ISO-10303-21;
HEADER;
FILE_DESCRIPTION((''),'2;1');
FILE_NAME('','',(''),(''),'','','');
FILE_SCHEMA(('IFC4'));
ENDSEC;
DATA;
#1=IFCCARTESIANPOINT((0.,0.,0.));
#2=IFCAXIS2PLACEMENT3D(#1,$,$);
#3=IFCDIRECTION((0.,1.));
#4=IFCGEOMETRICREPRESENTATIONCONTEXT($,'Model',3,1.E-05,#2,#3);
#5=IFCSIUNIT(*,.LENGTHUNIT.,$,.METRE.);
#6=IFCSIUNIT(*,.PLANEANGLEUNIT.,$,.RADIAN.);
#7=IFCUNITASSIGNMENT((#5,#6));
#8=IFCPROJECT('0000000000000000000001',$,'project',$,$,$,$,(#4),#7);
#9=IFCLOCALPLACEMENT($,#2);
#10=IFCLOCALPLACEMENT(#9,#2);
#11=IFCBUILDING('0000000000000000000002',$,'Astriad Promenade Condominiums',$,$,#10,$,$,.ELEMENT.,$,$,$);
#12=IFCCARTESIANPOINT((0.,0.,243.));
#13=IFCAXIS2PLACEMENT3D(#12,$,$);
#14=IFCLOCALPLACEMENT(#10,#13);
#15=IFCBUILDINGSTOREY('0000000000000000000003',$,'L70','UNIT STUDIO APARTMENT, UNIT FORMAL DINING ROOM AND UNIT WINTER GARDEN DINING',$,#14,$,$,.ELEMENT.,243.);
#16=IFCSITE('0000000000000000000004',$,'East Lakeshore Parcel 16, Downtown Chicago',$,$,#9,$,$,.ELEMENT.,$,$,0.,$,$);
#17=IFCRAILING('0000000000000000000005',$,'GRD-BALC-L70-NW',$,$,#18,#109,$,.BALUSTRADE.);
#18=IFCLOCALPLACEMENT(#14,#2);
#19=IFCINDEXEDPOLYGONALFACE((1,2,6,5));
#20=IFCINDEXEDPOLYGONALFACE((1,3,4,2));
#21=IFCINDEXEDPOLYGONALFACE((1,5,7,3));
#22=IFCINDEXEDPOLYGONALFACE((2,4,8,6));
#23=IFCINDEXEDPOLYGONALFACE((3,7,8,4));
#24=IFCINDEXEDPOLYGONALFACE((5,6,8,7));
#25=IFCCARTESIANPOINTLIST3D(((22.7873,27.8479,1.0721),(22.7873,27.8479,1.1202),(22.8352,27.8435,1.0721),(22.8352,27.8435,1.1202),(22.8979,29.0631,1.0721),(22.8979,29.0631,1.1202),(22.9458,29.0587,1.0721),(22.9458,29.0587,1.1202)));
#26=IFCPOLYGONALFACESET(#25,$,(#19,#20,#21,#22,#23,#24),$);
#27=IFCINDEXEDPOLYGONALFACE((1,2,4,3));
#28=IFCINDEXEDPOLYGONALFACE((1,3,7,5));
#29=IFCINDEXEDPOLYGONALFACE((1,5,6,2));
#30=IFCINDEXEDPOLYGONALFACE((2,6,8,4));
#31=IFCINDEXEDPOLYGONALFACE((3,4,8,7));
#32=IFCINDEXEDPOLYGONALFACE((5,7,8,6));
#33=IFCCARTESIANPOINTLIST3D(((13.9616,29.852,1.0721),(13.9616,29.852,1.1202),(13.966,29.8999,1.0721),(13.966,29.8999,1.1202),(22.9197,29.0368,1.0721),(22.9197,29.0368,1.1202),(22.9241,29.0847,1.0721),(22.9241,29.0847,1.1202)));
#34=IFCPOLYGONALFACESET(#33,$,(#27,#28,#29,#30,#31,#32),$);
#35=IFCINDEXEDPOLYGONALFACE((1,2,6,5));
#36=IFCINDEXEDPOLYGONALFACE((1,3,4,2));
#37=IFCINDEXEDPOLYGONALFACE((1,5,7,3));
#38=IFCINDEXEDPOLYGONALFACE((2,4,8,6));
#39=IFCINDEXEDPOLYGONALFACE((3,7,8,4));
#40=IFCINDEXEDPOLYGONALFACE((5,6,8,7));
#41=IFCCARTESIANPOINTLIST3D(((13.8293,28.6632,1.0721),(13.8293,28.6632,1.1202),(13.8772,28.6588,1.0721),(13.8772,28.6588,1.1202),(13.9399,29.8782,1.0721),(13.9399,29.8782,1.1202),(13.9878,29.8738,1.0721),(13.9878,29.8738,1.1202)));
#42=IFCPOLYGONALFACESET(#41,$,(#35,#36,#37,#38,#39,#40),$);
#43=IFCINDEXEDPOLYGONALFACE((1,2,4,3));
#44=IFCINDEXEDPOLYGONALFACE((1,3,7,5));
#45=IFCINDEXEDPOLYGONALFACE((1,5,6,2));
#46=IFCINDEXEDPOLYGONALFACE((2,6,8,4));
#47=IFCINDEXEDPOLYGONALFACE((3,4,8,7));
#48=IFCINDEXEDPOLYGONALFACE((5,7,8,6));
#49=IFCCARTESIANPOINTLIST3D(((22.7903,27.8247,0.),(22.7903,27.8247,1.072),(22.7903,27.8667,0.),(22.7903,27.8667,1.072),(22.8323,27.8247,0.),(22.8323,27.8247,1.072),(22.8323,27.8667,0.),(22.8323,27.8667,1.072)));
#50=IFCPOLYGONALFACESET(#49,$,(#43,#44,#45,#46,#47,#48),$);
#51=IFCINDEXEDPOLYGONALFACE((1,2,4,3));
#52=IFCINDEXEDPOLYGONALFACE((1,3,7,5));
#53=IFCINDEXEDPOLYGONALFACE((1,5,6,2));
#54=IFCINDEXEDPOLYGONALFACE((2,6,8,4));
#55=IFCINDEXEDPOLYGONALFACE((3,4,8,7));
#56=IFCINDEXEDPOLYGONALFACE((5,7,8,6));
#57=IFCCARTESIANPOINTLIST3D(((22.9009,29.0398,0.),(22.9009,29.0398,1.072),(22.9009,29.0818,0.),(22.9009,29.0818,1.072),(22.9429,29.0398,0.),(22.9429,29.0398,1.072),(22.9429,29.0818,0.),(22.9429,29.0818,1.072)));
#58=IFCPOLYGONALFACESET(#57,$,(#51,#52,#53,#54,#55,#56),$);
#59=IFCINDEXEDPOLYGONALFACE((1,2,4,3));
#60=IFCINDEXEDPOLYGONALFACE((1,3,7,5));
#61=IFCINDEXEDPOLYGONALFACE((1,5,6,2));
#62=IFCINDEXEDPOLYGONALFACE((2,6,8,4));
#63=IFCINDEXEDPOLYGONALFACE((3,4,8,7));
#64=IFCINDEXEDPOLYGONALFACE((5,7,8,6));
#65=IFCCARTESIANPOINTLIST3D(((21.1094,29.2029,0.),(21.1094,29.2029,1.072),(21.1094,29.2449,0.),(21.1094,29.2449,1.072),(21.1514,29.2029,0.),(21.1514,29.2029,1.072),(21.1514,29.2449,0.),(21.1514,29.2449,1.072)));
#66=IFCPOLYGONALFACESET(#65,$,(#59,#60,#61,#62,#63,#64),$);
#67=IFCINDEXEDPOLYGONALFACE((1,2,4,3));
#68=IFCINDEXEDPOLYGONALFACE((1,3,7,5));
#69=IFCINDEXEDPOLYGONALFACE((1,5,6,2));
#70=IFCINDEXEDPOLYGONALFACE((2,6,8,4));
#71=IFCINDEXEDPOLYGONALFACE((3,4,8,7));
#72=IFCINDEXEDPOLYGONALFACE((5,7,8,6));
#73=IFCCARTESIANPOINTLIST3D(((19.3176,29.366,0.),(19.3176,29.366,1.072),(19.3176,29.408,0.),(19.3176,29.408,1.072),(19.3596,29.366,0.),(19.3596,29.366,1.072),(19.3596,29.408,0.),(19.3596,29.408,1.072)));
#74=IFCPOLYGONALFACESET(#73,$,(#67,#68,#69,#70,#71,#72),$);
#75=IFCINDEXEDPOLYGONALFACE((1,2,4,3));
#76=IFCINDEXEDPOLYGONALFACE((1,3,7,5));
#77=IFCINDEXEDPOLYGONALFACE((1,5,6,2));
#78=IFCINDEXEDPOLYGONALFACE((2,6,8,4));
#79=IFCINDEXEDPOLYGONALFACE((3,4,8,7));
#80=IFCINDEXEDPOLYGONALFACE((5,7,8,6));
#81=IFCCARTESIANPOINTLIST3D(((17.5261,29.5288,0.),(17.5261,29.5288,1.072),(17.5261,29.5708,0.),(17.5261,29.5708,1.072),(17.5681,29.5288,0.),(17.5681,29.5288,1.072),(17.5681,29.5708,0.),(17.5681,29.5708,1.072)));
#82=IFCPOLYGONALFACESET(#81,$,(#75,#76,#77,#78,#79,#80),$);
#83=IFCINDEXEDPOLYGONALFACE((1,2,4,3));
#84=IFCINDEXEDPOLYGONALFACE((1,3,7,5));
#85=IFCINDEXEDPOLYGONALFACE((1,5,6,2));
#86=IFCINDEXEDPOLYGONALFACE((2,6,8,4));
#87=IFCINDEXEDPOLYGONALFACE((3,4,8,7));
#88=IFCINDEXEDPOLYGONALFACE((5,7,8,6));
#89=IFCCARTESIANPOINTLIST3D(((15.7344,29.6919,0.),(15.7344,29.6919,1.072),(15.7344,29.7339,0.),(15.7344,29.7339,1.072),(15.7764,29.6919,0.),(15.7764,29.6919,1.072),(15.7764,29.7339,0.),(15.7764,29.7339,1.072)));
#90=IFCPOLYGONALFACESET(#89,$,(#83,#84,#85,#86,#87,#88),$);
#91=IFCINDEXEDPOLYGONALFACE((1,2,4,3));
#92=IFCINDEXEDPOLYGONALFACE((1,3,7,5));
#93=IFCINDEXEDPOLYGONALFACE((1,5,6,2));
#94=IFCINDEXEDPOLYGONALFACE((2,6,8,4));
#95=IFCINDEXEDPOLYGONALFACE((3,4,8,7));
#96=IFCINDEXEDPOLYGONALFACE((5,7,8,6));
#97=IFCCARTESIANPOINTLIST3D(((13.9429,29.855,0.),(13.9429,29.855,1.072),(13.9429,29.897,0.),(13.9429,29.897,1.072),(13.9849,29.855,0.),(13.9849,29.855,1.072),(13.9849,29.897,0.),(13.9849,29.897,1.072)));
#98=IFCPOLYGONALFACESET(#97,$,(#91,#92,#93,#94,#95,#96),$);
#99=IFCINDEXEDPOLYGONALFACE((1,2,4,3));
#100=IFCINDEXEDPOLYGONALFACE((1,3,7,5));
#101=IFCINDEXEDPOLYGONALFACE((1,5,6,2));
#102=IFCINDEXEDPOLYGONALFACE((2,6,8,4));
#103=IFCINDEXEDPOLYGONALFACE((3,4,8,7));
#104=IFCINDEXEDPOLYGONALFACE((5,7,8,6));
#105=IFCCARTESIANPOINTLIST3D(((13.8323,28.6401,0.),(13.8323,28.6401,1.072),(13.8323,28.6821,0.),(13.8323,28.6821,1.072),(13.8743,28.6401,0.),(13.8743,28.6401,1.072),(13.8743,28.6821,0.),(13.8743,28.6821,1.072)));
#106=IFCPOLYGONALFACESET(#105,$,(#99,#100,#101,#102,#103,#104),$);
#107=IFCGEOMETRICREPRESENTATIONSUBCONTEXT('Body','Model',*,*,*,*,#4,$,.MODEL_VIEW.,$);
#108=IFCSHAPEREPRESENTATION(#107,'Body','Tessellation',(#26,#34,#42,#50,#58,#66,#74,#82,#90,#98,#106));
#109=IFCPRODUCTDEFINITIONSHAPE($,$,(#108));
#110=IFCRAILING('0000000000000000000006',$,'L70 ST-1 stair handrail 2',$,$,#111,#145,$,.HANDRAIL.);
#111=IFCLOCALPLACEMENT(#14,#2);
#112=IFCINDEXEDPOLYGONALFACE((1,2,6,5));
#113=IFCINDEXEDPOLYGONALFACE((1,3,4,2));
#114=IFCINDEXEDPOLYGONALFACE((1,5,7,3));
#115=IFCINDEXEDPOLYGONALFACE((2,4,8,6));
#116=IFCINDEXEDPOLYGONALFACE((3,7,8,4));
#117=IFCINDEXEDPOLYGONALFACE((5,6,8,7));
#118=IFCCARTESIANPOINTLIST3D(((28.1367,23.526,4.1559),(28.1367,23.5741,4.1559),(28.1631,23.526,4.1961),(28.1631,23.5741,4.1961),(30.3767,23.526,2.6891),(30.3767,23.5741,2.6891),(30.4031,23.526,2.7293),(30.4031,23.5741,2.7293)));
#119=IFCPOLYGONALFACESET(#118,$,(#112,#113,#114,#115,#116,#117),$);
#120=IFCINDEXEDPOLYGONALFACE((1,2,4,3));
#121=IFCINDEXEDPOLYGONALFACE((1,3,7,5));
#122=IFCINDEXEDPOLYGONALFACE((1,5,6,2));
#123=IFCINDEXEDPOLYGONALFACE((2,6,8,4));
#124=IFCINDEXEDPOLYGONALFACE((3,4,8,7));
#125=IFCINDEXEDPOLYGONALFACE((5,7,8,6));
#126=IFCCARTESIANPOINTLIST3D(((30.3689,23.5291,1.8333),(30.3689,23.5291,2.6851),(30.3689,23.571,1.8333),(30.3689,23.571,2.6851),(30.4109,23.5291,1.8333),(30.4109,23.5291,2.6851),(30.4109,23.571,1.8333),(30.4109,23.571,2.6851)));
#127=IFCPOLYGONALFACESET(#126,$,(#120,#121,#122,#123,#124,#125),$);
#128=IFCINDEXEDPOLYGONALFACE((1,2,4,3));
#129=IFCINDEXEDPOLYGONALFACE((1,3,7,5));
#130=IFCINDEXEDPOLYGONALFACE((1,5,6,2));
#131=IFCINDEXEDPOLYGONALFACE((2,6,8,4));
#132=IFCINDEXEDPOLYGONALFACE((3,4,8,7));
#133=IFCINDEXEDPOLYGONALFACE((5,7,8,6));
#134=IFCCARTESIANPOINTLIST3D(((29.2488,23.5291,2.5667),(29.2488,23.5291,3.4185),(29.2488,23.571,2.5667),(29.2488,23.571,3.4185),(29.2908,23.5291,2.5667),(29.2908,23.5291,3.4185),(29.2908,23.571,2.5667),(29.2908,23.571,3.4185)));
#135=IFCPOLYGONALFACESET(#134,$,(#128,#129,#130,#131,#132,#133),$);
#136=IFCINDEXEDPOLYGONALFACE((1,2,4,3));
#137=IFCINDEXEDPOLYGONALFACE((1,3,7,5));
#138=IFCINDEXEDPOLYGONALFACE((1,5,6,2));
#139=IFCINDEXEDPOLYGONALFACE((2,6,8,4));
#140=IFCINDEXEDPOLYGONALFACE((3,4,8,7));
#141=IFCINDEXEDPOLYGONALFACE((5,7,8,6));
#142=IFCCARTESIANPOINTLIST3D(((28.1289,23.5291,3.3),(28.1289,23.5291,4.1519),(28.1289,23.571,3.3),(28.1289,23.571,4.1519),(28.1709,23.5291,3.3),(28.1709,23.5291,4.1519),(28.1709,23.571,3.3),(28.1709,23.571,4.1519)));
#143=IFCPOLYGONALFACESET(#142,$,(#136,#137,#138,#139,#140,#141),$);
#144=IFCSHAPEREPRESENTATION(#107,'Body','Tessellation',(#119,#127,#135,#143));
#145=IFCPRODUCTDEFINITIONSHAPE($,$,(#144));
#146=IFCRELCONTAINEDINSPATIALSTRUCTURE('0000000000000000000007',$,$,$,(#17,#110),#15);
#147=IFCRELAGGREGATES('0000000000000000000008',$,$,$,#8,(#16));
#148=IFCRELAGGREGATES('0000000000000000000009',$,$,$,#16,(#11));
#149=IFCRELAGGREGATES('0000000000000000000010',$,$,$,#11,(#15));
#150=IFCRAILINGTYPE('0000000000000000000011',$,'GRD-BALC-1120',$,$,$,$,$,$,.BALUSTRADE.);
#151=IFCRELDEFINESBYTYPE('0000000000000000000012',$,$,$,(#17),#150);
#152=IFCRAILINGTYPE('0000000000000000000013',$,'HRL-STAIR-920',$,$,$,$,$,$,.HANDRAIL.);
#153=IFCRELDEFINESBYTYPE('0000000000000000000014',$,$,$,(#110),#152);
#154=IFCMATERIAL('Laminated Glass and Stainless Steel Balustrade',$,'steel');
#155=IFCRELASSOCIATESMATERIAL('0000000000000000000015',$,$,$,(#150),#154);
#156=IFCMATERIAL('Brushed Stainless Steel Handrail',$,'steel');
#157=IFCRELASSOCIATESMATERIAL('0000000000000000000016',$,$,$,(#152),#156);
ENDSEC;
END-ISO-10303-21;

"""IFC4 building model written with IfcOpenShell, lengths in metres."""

from ifc_helpers import new_model, si_unit, direction, frame, origin, origin_2d, place, context, subcontext, project, spatial, rectangle, extrude, source, transform, mapped, material, type_object, type_shapes, element, save


model = new_model("IFC4")

# Units and contexts
model_context = context("Model", 3, precision=1e-05, world=origin(), true_north=direction((0.0, 1.0)))
body_context = subcontext(model_context, "Body", "Model", "MODEL_VIEW")
ifc_project = project(units=[si_unit("LENGTHUNIT", "METRE"), si_unit("PLANEANGLEUNIT", "RADIAN")], contexts=[model_context])

# Site, building, storey
site_placement = place(None, origin())
site = spatial("IfcSite", under=ifc_project, at=site_placement, Name="East Lakeshore Parcel 16, Downtown Chicago", CompositionType="ELEMENT", RefElevation=0.0)
building_placement = place(site_placement, origin())
building = spatial("IfcBuilding", under=site, at=building_placement, Name="Astriad Promenade Condominiums", CompositionType="ELEMENT")
storey_placement = place(building_placement, frame((0.0, 0.0, 243.0)))
storey = spatial("IfcBuildingStorey", under=building, at=storey_placement, Name="L70", Description="UNIT STUDIO APARTMENT, UNIT FORMAL DINING ROOM AND UNIT WINTER GARDEN DINING", CompositionType="ELEMENT", Elevation=243.0)

# Railings
ifc_material_1 = material(Name="Laminated Glass and Stainless Steel Balustrade", Category="steel")
railing_type_1 = type_object("IfcRailingType", Name="GRD-BALC-1120", PredefinedType="BALUSTRADE", material=ifc_material_1)
shared_shape_1 = source(origin(), body_context, "Body", "SweptSolid", [
    extrude(rectangle(XDim=0.0481, YDim=0.0481, at=origin_2d()), frame((0.0, 0.0, 1.0962), z_axis=(0.090644, 0.995883, 0.0), x_axis=(-0.995883, 0.090644, 0.0)), (0.0, 0.0, 1.0), 1.2202),
    extrude(rectangle(XDim=0.0481, YDim=0.0481, at=origin_2d()), frame((0.1106, 1.2151, 1.0962), z_axis=(-0.995885, 0.090626, 0.0), x_axis=(-0.090626, -0.995885, 0.0)), (0.0, 0.0, 1.0), 8.9951),
    extrude(rectangle(XDim=0.0481, YDim=0.0481, at=origin_2d()), frame((-8.8474, 2.0303, 1.0962), z_axis=(-0.090662, -0.995882, 0.0), x_axis=(0.995882, -0.090662, 0.0)), (0.0, 0.0, 1.0), 1.22),
    extrude(rectangle(XDim=0.042, YDim=0.042, at=origin_2d()), origin(), (0.0, 0.0, 1.0), 1.072),
    extrude(rectangle(XDim=0.042, YDim=0.042, at=origin_2d()), frame((0.1106, 1.2151, 0.0)), (0.0, 0.0, 1.0), 1.072),
    extrude(rectangle(XDim=0.042, YDim=0.042, at=origin_2d()), frame((-1.6809, 1.3782, 0.0)), (0.0, 0.0, 1.0), 1.072),
    extrude(rectangle(XDim=0.042, YDim=0.042, at=origin_2d()), frame((-3.4727, 1.5413, 0.0)), (0.0, 0.0, 1.0), 1.072),
    extrude(rectangle(XDim=0.042, YDim=0.042, at=origin_2d()), frame((-5.2642, 1.7041, 0.0)), (0.0, 0.0, 1.0), 1.072),
    extrude(rectangle(XDim=0.042, YDim=0.042, at=origin_2d()), frame((-7.0559, 1.8672, 0.0)), (0.0, 0.0, 1.0), 1.072),
    extrude(rectangle(XDim=0.042, YDim=0.042, at=origin_2d()), frame((-8.8474, 2.0303, 0.0)), (0.0, 0.0, 1.0), 1.072),
    extrude(rectangle(XDim=0.042, YDim=0.042, at=origin_2d()), frame((-8.958, 0.8154, 0.0)), (0.0, 0.0, 1.0), 1.072),
])
type_shapes(railing_type_1, [shared_shape_1])
railing_1_placement = place(storey_placement, frame((22.8113, 27.8457, 0.0)))
element("IfcRailing", 1, at=railing_1_placement, inside=storey, type_object=railing_type_1, Name="GRD-BALC-L70-NW", PredefinedType="BALUSTRADE", context=body_context, shape_type="MappedRepresentation", body=[
    mapped(shared_shape_1, transform((0.0, 0.0, 0.0), scale=1.0)),
])
ifc_material_2 = material(Name="Brushed Stainless Steel Handrail", Category="steel")
railing_type_2 = type_object("IfcRailingType", Name="HRL-STAIR-920", PredefinedType="HANDRAIL", material=ifc_material_2)
shared_shape_2 = source(origin(), body_context, "Body", "SweptSolid", [
    extrude(rectangle(XDim=0.0481, YDim=0.0481, at=origin_2d()), frame((0.0, 0.0, 0.876), z_axis=(-0.836595, 0.0, 0.547822), x_axis=(0.0, -1.0, 0.0)), (0.0, 0.0, 1.0), 2.6775),
    extrude(rectangle(XDim=0.042, YDim=0.042, at=origin_2d()), origin(), (0.0, 0.0, 1.0), 0.8518),
    extrude(rectangle(XDim=0.042, YDim=0.042, at=origin_2d()), frame((-1.1201, 0.0, 0.7334)), (0.0, 0.0, 1.0), 0.8518),
    extrude(rectangle(XDim=0.042, YDim=0.042, at=origin_2d()), frame((-2.24, 0.0, 1.4668)), (0.0, 0.0, 1.0), 0.8518),
])
type_shapes(railing_type_2, [shared_shape_2])
railing_2_placement = place(storey_placement, frame((30.3899, 23.55, 1.8333)))
element("IfcRailing", 2, at=railing_2_placement, inside=storey, type_object=railing_type_2, Name="L70 ST-1 stair handrail 2", PredefinedType="HANDRAIL", context=body_context, shape_type="MappedRepresentation", body=[
    mapped(shared_shape_2, transform((0.0, 0.0, 0.0), scale=1.0)),
])

save(model, "model.ifc")
